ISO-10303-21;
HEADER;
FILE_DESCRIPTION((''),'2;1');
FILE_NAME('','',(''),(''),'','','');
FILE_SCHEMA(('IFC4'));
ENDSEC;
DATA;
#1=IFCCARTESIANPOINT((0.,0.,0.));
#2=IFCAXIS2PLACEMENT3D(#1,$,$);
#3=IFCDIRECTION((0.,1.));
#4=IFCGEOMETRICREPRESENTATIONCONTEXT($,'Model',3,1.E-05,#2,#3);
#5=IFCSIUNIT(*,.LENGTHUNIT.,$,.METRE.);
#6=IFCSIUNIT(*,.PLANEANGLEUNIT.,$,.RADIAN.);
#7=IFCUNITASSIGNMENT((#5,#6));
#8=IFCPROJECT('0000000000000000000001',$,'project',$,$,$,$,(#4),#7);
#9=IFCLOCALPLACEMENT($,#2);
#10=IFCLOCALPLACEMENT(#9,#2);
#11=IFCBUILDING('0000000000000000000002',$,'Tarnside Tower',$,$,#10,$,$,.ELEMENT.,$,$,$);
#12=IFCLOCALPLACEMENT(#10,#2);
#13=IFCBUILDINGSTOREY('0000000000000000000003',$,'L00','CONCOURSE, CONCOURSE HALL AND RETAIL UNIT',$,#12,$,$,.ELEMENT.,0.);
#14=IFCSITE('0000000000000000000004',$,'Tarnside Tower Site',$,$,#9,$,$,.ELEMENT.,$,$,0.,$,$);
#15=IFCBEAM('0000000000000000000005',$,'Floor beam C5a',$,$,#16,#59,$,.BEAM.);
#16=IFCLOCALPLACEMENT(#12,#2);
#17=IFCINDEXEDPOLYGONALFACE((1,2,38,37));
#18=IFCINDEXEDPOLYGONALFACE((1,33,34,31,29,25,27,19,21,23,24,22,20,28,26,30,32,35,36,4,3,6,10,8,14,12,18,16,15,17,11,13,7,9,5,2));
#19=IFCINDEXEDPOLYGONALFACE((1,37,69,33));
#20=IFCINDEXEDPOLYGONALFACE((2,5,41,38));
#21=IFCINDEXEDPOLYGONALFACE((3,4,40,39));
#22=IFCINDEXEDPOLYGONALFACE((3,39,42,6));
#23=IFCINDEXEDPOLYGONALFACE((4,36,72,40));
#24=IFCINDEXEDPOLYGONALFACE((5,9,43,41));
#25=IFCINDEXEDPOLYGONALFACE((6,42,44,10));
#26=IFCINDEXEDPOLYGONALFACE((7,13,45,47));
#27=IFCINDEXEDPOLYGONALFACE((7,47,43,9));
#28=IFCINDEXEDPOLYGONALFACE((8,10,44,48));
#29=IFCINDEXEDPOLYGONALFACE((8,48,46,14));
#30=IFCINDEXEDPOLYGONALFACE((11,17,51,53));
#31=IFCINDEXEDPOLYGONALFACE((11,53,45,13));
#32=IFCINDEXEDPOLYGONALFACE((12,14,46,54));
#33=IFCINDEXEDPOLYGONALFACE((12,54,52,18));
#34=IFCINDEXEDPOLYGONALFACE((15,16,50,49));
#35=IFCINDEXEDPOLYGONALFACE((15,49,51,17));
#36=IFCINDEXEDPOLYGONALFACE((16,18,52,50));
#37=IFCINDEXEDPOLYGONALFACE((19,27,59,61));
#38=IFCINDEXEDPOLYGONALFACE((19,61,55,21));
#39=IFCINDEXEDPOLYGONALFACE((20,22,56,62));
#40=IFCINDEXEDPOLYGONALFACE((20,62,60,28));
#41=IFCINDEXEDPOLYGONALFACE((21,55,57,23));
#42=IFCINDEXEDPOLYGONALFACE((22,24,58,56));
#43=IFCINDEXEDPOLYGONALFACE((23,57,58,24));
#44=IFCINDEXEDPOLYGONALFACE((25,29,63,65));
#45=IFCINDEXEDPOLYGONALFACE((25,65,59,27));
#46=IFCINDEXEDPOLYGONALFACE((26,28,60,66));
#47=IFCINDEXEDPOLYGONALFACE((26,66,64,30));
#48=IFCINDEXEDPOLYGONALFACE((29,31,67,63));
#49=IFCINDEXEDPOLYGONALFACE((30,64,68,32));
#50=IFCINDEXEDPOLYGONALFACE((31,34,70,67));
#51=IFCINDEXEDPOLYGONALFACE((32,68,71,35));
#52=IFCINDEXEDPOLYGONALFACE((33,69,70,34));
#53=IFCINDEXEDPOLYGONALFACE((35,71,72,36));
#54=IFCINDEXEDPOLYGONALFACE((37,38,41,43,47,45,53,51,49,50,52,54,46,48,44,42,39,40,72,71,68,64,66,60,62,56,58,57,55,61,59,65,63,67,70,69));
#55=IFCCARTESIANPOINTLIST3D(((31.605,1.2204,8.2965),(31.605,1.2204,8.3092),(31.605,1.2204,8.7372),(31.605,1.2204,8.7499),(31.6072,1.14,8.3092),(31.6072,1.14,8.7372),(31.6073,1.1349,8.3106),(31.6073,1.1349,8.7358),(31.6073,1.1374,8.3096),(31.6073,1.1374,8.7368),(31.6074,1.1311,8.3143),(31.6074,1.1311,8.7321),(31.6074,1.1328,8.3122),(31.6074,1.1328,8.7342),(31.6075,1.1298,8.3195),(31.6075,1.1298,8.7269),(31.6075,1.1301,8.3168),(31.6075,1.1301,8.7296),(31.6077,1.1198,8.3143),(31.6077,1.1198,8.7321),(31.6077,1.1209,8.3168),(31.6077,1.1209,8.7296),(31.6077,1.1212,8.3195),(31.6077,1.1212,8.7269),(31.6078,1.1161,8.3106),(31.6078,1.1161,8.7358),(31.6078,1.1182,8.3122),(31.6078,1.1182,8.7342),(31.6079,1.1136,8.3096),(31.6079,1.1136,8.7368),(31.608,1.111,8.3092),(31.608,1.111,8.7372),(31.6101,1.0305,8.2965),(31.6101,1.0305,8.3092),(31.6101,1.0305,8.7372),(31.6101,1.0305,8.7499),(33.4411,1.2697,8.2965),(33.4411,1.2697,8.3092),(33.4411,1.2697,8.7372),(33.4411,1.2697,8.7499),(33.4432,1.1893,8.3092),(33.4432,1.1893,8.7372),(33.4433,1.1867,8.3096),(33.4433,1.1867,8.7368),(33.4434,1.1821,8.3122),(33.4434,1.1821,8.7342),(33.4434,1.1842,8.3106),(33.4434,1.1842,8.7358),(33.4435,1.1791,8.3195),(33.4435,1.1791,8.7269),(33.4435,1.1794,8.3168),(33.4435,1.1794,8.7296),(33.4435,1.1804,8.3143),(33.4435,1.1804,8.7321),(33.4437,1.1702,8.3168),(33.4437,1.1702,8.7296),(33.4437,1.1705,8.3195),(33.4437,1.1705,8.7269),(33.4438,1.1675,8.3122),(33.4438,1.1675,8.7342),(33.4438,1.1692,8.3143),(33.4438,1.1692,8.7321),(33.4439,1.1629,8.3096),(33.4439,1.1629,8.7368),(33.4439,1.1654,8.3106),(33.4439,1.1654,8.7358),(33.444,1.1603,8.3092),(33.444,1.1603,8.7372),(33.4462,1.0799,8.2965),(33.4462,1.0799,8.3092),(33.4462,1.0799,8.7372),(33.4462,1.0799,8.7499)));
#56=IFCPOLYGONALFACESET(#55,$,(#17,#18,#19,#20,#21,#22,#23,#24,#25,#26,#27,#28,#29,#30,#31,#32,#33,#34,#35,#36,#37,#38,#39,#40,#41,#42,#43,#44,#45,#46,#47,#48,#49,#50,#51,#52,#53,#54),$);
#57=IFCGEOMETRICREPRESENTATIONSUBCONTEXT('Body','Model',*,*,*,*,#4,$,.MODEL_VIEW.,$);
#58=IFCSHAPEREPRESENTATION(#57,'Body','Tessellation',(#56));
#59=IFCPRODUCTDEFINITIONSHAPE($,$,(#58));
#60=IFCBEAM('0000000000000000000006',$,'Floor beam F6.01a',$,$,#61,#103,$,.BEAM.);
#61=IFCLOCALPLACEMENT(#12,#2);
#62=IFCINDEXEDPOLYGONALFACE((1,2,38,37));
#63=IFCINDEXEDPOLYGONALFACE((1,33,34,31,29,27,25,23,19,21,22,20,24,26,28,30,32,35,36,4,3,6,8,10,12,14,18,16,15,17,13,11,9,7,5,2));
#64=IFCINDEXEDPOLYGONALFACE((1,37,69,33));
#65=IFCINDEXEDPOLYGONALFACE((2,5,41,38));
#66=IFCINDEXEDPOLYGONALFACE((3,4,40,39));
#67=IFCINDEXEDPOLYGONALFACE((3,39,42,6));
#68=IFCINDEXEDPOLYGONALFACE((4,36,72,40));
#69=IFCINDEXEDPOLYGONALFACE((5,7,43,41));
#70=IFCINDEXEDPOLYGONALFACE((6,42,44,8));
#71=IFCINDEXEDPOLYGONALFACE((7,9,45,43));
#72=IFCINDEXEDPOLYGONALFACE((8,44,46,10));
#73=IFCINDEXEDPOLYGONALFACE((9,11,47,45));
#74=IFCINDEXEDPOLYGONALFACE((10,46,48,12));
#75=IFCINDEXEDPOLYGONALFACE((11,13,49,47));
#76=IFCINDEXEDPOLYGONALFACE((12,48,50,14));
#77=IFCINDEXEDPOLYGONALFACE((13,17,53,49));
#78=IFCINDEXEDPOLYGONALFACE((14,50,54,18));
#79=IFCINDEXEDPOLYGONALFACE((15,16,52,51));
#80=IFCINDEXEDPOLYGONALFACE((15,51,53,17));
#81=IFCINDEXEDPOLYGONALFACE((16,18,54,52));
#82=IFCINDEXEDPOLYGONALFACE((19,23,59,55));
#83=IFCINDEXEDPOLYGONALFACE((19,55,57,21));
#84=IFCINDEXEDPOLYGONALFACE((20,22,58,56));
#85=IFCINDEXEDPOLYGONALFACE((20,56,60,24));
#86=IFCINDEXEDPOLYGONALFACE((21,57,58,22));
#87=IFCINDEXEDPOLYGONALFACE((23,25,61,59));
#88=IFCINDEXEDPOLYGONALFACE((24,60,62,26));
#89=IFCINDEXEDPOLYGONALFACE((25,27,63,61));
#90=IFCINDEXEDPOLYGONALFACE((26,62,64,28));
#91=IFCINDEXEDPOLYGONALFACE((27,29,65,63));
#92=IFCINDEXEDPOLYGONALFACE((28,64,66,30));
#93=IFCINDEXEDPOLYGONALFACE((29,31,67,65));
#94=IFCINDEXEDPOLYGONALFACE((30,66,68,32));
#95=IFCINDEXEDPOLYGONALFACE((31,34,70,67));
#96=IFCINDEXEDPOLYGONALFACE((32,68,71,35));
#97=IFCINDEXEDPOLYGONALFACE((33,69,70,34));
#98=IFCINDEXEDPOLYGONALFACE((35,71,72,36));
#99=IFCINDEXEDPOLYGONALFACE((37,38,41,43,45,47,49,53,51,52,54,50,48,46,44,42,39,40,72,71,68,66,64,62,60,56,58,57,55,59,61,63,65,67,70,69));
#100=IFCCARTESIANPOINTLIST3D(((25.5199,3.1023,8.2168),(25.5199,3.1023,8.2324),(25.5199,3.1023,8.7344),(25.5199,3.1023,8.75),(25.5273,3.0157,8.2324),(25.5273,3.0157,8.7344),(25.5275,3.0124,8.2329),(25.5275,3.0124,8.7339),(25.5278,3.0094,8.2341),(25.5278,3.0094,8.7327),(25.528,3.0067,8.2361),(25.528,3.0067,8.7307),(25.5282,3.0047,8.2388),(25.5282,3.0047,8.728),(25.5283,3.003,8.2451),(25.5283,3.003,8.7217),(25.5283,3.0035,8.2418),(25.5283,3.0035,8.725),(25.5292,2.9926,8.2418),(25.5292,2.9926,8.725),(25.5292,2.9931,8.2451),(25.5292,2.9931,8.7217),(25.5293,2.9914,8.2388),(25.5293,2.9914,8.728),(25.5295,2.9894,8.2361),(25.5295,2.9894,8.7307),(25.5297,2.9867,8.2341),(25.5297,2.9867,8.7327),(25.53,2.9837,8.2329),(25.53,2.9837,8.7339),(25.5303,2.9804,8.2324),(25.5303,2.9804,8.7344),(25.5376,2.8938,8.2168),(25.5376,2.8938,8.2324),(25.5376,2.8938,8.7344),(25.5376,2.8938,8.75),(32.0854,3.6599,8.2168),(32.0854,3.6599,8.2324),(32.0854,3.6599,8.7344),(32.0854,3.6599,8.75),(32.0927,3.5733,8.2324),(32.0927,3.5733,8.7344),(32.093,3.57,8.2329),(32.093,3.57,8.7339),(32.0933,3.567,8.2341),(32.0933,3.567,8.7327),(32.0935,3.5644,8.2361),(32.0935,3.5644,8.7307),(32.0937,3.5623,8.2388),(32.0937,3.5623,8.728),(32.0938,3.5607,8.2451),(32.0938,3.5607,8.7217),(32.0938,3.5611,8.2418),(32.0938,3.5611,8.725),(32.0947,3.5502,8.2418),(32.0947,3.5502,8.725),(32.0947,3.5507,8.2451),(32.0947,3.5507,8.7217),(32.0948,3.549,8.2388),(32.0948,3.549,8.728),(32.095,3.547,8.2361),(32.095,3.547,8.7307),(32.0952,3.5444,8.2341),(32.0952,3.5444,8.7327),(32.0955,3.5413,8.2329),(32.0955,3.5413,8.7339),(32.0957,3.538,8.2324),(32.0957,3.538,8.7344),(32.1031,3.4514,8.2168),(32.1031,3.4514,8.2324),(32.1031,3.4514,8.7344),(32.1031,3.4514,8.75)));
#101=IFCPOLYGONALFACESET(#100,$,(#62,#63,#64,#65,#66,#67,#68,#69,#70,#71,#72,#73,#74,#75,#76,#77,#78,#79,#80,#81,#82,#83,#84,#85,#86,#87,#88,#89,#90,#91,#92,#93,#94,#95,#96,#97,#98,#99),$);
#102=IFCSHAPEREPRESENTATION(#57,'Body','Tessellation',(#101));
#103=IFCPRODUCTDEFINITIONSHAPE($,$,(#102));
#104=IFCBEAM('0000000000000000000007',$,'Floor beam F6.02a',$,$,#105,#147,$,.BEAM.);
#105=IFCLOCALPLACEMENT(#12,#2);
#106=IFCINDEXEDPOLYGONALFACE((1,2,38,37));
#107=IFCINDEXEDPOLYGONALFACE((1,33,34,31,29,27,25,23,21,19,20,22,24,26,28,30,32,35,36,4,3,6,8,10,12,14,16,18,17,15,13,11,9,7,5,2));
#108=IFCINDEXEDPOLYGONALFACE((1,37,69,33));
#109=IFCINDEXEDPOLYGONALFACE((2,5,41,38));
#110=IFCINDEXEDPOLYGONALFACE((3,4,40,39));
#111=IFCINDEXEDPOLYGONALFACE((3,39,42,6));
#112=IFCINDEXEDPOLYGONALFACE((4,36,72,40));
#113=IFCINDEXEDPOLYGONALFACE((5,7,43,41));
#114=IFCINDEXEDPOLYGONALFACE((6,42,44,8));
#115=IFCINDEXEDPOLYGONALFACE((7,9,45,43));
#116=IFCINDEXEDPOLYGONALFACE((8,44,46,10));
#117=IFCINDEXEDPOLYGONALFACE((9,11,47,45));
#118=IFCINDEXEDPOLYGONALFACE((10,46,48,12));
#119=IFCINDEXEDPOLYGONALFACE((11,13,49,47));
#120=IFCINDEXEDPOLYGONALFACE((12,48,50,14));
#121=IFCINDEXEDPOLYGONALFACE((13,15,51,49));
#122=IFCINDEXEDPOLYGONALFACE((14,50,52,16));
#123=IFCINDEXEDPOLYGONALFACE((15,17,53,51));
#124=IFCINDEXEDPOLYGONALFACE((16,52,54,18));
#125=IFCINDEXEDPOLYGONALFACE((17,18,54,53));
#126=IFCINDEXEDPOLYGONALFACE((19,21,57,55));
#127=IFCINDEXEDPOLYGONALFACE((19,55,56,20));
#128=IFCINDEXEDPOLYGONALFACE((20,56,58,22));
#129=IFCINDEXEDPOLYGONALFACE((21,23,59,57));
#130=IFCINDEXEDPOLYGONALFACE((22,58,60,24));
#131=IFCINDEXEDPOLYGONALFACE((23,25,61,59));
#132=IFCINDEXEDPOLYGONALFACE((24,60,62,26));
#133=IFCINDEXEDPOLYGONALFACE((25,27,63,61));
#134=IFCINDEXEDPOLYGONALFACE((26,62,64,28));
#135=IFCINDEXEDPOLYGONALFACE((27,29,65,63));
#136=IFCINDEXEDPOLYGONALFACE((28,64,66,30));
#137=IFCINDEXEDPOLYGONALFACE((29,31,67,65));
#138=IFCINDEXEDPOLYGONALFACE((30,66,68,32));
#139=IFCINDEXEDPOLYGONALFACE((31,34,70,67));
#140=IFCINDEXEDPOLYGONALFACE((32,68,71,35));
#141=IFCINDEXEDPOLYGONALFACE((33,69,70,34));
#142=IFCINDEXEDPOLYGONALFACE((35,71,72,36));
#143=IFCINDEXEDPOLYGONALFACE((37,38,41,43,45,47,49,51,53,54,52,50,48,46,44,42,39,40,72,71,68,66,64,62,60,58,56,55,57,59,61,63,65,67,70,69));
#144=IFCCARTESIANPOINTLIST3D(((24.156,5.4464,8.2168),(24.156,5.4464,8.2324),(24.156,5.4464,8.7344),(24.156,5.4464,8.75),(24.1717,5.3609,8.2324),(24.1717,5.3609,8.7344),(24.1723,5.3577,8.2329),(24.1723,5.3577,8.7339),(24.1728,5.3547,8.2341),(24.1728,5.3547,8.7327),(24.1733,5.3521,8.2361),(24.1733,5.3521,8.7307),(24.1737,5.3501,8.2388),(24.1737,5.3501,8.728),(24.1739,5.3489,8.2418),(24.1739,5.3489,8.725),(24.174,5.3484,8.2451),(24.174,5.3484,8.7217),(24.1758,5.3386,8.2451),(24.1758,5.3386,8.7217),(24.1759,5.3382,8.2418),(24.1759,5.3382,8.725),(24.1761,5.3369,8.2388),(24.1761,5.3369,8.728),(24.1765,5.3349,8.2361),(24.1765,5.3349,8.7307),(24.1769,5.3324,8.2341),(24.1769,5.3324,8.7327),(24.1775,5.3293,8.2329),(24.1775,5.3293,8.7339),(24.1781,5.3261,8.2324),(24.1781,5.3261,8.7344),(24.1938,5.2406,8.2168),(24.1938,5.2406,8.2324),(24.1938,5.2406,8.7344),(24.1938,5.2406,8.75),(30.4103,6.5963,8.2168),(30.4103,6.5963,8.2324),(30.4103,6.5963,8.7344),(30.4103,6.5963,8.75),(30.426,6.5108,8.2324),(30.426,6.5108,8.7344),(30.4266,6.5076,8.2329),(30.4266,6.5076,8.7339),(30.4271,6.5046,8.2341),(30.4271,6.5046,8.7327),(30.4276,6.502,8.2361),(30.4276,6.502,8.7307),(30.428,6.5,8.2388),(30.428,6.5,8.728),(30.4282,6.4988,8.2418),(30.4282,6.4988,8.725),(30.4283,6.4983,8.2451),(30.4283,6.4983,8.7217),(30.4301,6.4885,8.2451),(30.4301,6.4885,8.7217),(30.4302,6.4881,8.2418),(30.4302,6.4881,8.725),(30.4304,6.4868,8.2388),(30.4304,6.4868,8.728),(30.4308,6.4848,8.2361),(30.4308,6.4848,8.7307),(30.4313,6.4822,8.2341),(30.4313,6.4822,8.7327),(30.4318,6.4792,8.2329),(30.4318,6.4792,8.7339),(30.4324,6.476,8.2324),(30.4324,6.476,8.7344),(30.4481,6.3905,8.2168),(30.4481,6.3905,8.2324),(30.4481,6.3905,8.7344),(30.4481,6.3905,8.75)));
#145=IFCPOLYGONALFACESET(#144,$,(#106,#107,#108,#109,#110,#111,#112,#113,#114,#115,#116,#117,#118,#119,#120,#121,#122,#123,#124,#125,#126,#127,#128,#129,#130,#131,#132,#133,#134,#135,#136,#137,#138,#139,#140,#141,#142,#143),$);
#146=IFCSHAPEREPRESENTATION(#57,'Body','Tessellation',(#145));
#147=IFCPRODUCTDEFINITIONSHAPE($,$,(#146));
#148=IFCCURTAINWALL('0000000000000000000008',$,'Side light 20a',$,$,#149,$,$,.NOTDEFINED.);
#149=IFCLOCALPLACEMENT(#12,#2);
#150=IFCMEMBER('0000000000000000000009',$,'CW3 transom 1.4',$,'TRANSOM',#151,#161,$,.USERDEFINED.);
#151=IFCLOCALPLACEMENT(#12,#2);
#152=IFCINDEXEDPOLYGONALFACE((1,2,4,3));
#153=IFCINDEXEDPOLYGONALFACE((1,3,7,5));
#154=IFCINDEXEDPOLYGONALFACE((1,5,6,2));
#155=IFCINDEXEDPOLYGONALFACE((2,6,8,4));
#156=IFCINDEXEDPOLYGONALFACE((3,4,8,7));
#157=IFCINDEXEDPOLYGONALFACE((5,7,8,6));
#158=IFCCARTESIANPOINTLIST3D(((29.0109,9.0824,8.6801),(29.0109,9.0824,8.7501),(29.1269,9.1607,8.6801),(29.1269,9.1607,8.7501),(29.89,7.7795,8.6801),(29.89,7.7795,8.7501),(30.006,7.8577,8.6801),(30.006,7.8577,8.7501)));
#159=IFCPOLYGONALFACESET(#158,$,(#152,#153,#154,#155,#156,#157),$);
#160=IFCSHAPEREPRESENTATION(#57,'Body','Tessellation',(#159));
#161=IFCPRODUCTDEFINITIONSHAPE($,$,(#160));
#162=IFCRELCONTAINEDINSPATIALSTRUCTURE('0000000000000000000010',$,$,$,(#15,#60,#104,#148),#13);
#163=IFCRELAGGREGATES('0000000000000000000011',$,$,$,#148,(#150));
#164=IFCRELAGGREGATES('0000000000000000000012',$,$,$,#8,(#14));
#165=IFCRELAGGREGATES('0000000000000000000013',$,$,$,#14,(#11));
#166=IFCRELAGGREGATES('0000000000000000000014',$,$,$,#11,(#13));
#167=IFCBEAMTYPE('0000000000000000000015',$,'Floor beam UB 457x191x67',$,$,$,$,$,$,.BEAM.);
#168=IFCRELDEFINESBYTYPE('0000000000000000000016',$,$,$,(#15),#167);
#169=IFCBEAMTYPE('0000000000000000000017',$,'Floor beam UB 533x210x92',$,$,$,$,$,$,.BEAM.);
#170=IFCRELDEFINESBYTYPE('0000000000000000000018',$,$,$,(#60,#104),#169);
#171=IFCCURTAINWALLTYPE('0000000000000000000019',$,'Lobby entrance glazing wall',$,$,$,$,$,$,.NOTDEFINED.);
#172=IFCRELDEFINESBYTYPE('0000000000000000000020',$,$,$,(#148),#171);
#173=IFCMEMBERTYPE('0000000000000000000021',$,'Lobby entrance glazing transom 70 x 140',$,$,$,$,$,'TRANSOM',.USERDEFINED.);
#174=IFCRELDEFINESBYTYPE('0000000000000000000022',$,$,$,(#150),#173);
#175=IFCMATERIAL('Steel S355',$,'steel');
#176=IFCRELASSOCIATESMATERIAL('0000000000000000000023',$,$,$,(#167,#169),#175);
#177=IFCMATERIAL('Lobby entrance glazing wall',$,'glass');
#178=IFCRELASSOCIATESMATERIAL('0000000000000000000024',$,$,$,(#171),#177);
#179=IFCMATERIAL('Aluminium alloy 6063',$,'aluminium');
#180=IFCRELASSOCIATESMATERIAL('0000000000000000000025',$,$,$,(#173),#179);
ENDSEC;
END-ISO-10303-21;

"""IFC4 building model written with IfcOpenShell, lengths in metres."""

from ifc_helpers import new_model, si_unit, direction, frame, origin, origin_2d, place, context, subcontext, project, spatial, rectangle, i_section, extrude, material, material_profile, profile_set, type_object, element, aggregate, save


model = new_model("IFC4")

# Units and contexts
model_context = context("Model", 3, precision=1e-05, world=origin(), true_north=direction((0.0, 1.0)))
body_context = subcontext(model_context, "Body", "Model", "MODEL_VIEW")
ifc_project = project(units=[si_unit("LENGTHUNIT", "METRE"), si_unit("PLANEANGLEUNIT", "RADIAN")], contexts=[model_context])

# Site, building, storey
site_placement = place(None, origin())
site = spatial("IfcSite", under=ifc_project, at=site_placement, Name="Tarnside Tower Site", CompositionType="ELEMENT", RefElevation=0.0)
building_placement = place(site_placement, origin())
building = spatial("IfcBuilding", under=site, at=building_placement, Name="Tarnside Tower", CompositionType="ELEMENT")
storey_placement = place(building_placement, origin())
storey = spatial("IfcBuildingStorey", under=building, at=storey_placement, Name="L00", Description="CONCOURSE, CONCOURSE HALL AND RETAIL UNIT", CompositionType="ELEMENT", Elevation=0.0)

# Beams
ifc_material_1 = material(Name="Steel S355", Category="steel")
ifc_material_profile_1 = material_profile(ifc_material_1, i_section(OverallWidth=0.1899, OverallDepth=0.4534, WebThickness=0.0085, FlangeThickness=0.0127, FilletRadius=0.0103, at=origin_2d()), Name="UB 457x191x67")
ifc_profile_set_1 = profile_set([ifc_material_profile_1], Name="Steel S355")
beam_type_1 = type_object("IfcBeamType", Name="Floor beam UB 457x191x67", PredefinedType="BEAM", material=ifc_profile_set_1)
beam_1_placement = place(storey_placement, frame((33.4436, 1.1748, 8.5232), z_axis=(-0.999639, -0.026852, 0.0), x_axis=(0.026852, -0.999639, 0.0)))
element("IfcBeam", 1, at=beam_1_placement, inside=storey, type_object=beam_type_1, Name="Floor beam C5a", PredefinedType="BEAM", context=body_context, shape_type="SweptSolid", body=[
    extrude(i_section(OverallWidth=0.1899, OverallDepth=0.4534, WebThickness=0.0085, FlangeThickness=0.0127, FilletRadius=0.0103, at=origin_2d()), origin(), (0.0, 0.0, 1.0), 1.8367),
])
ifc_material_profile_2 = material_profile(ifc_material_1, i_section(OverallWidth=0.2092, OverallDepth=0.5332, WebThickness=0.01, FlangeThickness=0.0156, FilletRadius=0.0127, at=origin_2d()), Name="UB 533x210x92")
ifc_profile_set_2 = profile_set([ifc_material_profile_2], Name="Steel S355")
beam_type_2 = type_object("IfcBeamType", Name="Floor beam UB 533x210x92", PredefinedType="BEAM", material=ifc_profile_set_2)
beam_2_placement = place(storey_placement, frame((32.0942, 3.5557, 8.4834), z_axis=(-0.996413, -0.084628, 0.0), x_axis=(0.084628, -0.996413, 0.0)))
element("IfcBeam", 2, at=beam_2_placement, inside=storey, type_object=beam_type_2, Name="Floor beam F6.01a", PredefinedType="BEAM", context=body_context, shape_type="SweptSolid", body=[
    extrude(i_section(OverallWidth=0.2092, OverallDepth=0.5332, WebThickness=0.01, FlangeThickness=0.0156, FilletRadius=0.0127, at=origin_2d()), origin(), (0.0, 0.0, 1.0), 6.5891),
])
beam_3_placement = place(storey_placement, frame((30.4292, 6.4934, 8.4834), z_axis=(-0.983515, -0.180824, 0.0), x_axis=(0.180824, -0.983515, 0.0)))
element("IfcBeam", 3, at=beam_3_placement, inside=storey, type_object=beam_type_2, Name="Floor beam F6.02a", PredefinedType="BEAM", context=body_context, shape_type="SweptSolid", body=[
    extrude(i_section(OverallWidth=0.2092, OverallDepth=0.5332, WebThickness=0.01, FlangeThickness=0.0156, FilletRadius=0.0127, at=origin_2d()), origin(), (0.0, 0.0, 1.0), 6.3591),
])

# Curtain wall, member
ifc_material_2 = material(Name="Lobby entrance glazing wall", Category="glass")
curtain_wall_type_1 = type_object("IfcCurtainWallType", Name="Lobby entrance glazing wall", PredefinedType="NOTDEFINED", material=ifc_material_2)
curtain_wall_1_placement = place(storey_placement, origin())
curtain_wall_1 = element("IfcCurtainWall", 4, at=curtain_wall_1_placement, inside=storey, type_object=curtain_wall_type_1, Name="Side light 20a", PredefinedType="NOTDEFINED")
ifc_material_3 = material(Name="Aluminium alloy 6063", Category="aluminium")
ifc_material_profile_3 = material_profile(ifc_material_3, rectangle(XDim=0.1399, YDim=0.0701, at=origin_2d()), Name="Lobby entrance glazing transom 70 x 140")
ifc_profile_set_3 = profile_set([ifc_material_profile_3], Name="Aluminium alloy 6063")
member_type_1 = type_object("IfcMemberType", Name="Lobby entrance glazing transom 70 x 140", ElementType="TRANSOM", PredefinedType="USERDEFINED", material=ifc_profile_set_3)
member_1_placement = place(storey_placement, frame((29.948, 7.8186, 8.7151), z_axis=(-0.559315, 0.828955, 0.0), x_axis=(-0.828955, -0.559315, 0.0)))
member_1 = element("IfcMember", 5, at=member_1_placement, type_object=member_type_1, Name="CW3 transom 1.4", ObjectType="TRANSOM", PredefinedType="USERDEFINED", context=body_context, shape_type="SweptSolid", body=[
    extrude(rectangle(XDim=0.1399, YDim=0.0701, at=origin_2d()), origin(), (0.0, 0.0, 1.0), 1.5718),
])
aggregate(curtain_wall_1, [member_1])

save(model, "model.ifc")
